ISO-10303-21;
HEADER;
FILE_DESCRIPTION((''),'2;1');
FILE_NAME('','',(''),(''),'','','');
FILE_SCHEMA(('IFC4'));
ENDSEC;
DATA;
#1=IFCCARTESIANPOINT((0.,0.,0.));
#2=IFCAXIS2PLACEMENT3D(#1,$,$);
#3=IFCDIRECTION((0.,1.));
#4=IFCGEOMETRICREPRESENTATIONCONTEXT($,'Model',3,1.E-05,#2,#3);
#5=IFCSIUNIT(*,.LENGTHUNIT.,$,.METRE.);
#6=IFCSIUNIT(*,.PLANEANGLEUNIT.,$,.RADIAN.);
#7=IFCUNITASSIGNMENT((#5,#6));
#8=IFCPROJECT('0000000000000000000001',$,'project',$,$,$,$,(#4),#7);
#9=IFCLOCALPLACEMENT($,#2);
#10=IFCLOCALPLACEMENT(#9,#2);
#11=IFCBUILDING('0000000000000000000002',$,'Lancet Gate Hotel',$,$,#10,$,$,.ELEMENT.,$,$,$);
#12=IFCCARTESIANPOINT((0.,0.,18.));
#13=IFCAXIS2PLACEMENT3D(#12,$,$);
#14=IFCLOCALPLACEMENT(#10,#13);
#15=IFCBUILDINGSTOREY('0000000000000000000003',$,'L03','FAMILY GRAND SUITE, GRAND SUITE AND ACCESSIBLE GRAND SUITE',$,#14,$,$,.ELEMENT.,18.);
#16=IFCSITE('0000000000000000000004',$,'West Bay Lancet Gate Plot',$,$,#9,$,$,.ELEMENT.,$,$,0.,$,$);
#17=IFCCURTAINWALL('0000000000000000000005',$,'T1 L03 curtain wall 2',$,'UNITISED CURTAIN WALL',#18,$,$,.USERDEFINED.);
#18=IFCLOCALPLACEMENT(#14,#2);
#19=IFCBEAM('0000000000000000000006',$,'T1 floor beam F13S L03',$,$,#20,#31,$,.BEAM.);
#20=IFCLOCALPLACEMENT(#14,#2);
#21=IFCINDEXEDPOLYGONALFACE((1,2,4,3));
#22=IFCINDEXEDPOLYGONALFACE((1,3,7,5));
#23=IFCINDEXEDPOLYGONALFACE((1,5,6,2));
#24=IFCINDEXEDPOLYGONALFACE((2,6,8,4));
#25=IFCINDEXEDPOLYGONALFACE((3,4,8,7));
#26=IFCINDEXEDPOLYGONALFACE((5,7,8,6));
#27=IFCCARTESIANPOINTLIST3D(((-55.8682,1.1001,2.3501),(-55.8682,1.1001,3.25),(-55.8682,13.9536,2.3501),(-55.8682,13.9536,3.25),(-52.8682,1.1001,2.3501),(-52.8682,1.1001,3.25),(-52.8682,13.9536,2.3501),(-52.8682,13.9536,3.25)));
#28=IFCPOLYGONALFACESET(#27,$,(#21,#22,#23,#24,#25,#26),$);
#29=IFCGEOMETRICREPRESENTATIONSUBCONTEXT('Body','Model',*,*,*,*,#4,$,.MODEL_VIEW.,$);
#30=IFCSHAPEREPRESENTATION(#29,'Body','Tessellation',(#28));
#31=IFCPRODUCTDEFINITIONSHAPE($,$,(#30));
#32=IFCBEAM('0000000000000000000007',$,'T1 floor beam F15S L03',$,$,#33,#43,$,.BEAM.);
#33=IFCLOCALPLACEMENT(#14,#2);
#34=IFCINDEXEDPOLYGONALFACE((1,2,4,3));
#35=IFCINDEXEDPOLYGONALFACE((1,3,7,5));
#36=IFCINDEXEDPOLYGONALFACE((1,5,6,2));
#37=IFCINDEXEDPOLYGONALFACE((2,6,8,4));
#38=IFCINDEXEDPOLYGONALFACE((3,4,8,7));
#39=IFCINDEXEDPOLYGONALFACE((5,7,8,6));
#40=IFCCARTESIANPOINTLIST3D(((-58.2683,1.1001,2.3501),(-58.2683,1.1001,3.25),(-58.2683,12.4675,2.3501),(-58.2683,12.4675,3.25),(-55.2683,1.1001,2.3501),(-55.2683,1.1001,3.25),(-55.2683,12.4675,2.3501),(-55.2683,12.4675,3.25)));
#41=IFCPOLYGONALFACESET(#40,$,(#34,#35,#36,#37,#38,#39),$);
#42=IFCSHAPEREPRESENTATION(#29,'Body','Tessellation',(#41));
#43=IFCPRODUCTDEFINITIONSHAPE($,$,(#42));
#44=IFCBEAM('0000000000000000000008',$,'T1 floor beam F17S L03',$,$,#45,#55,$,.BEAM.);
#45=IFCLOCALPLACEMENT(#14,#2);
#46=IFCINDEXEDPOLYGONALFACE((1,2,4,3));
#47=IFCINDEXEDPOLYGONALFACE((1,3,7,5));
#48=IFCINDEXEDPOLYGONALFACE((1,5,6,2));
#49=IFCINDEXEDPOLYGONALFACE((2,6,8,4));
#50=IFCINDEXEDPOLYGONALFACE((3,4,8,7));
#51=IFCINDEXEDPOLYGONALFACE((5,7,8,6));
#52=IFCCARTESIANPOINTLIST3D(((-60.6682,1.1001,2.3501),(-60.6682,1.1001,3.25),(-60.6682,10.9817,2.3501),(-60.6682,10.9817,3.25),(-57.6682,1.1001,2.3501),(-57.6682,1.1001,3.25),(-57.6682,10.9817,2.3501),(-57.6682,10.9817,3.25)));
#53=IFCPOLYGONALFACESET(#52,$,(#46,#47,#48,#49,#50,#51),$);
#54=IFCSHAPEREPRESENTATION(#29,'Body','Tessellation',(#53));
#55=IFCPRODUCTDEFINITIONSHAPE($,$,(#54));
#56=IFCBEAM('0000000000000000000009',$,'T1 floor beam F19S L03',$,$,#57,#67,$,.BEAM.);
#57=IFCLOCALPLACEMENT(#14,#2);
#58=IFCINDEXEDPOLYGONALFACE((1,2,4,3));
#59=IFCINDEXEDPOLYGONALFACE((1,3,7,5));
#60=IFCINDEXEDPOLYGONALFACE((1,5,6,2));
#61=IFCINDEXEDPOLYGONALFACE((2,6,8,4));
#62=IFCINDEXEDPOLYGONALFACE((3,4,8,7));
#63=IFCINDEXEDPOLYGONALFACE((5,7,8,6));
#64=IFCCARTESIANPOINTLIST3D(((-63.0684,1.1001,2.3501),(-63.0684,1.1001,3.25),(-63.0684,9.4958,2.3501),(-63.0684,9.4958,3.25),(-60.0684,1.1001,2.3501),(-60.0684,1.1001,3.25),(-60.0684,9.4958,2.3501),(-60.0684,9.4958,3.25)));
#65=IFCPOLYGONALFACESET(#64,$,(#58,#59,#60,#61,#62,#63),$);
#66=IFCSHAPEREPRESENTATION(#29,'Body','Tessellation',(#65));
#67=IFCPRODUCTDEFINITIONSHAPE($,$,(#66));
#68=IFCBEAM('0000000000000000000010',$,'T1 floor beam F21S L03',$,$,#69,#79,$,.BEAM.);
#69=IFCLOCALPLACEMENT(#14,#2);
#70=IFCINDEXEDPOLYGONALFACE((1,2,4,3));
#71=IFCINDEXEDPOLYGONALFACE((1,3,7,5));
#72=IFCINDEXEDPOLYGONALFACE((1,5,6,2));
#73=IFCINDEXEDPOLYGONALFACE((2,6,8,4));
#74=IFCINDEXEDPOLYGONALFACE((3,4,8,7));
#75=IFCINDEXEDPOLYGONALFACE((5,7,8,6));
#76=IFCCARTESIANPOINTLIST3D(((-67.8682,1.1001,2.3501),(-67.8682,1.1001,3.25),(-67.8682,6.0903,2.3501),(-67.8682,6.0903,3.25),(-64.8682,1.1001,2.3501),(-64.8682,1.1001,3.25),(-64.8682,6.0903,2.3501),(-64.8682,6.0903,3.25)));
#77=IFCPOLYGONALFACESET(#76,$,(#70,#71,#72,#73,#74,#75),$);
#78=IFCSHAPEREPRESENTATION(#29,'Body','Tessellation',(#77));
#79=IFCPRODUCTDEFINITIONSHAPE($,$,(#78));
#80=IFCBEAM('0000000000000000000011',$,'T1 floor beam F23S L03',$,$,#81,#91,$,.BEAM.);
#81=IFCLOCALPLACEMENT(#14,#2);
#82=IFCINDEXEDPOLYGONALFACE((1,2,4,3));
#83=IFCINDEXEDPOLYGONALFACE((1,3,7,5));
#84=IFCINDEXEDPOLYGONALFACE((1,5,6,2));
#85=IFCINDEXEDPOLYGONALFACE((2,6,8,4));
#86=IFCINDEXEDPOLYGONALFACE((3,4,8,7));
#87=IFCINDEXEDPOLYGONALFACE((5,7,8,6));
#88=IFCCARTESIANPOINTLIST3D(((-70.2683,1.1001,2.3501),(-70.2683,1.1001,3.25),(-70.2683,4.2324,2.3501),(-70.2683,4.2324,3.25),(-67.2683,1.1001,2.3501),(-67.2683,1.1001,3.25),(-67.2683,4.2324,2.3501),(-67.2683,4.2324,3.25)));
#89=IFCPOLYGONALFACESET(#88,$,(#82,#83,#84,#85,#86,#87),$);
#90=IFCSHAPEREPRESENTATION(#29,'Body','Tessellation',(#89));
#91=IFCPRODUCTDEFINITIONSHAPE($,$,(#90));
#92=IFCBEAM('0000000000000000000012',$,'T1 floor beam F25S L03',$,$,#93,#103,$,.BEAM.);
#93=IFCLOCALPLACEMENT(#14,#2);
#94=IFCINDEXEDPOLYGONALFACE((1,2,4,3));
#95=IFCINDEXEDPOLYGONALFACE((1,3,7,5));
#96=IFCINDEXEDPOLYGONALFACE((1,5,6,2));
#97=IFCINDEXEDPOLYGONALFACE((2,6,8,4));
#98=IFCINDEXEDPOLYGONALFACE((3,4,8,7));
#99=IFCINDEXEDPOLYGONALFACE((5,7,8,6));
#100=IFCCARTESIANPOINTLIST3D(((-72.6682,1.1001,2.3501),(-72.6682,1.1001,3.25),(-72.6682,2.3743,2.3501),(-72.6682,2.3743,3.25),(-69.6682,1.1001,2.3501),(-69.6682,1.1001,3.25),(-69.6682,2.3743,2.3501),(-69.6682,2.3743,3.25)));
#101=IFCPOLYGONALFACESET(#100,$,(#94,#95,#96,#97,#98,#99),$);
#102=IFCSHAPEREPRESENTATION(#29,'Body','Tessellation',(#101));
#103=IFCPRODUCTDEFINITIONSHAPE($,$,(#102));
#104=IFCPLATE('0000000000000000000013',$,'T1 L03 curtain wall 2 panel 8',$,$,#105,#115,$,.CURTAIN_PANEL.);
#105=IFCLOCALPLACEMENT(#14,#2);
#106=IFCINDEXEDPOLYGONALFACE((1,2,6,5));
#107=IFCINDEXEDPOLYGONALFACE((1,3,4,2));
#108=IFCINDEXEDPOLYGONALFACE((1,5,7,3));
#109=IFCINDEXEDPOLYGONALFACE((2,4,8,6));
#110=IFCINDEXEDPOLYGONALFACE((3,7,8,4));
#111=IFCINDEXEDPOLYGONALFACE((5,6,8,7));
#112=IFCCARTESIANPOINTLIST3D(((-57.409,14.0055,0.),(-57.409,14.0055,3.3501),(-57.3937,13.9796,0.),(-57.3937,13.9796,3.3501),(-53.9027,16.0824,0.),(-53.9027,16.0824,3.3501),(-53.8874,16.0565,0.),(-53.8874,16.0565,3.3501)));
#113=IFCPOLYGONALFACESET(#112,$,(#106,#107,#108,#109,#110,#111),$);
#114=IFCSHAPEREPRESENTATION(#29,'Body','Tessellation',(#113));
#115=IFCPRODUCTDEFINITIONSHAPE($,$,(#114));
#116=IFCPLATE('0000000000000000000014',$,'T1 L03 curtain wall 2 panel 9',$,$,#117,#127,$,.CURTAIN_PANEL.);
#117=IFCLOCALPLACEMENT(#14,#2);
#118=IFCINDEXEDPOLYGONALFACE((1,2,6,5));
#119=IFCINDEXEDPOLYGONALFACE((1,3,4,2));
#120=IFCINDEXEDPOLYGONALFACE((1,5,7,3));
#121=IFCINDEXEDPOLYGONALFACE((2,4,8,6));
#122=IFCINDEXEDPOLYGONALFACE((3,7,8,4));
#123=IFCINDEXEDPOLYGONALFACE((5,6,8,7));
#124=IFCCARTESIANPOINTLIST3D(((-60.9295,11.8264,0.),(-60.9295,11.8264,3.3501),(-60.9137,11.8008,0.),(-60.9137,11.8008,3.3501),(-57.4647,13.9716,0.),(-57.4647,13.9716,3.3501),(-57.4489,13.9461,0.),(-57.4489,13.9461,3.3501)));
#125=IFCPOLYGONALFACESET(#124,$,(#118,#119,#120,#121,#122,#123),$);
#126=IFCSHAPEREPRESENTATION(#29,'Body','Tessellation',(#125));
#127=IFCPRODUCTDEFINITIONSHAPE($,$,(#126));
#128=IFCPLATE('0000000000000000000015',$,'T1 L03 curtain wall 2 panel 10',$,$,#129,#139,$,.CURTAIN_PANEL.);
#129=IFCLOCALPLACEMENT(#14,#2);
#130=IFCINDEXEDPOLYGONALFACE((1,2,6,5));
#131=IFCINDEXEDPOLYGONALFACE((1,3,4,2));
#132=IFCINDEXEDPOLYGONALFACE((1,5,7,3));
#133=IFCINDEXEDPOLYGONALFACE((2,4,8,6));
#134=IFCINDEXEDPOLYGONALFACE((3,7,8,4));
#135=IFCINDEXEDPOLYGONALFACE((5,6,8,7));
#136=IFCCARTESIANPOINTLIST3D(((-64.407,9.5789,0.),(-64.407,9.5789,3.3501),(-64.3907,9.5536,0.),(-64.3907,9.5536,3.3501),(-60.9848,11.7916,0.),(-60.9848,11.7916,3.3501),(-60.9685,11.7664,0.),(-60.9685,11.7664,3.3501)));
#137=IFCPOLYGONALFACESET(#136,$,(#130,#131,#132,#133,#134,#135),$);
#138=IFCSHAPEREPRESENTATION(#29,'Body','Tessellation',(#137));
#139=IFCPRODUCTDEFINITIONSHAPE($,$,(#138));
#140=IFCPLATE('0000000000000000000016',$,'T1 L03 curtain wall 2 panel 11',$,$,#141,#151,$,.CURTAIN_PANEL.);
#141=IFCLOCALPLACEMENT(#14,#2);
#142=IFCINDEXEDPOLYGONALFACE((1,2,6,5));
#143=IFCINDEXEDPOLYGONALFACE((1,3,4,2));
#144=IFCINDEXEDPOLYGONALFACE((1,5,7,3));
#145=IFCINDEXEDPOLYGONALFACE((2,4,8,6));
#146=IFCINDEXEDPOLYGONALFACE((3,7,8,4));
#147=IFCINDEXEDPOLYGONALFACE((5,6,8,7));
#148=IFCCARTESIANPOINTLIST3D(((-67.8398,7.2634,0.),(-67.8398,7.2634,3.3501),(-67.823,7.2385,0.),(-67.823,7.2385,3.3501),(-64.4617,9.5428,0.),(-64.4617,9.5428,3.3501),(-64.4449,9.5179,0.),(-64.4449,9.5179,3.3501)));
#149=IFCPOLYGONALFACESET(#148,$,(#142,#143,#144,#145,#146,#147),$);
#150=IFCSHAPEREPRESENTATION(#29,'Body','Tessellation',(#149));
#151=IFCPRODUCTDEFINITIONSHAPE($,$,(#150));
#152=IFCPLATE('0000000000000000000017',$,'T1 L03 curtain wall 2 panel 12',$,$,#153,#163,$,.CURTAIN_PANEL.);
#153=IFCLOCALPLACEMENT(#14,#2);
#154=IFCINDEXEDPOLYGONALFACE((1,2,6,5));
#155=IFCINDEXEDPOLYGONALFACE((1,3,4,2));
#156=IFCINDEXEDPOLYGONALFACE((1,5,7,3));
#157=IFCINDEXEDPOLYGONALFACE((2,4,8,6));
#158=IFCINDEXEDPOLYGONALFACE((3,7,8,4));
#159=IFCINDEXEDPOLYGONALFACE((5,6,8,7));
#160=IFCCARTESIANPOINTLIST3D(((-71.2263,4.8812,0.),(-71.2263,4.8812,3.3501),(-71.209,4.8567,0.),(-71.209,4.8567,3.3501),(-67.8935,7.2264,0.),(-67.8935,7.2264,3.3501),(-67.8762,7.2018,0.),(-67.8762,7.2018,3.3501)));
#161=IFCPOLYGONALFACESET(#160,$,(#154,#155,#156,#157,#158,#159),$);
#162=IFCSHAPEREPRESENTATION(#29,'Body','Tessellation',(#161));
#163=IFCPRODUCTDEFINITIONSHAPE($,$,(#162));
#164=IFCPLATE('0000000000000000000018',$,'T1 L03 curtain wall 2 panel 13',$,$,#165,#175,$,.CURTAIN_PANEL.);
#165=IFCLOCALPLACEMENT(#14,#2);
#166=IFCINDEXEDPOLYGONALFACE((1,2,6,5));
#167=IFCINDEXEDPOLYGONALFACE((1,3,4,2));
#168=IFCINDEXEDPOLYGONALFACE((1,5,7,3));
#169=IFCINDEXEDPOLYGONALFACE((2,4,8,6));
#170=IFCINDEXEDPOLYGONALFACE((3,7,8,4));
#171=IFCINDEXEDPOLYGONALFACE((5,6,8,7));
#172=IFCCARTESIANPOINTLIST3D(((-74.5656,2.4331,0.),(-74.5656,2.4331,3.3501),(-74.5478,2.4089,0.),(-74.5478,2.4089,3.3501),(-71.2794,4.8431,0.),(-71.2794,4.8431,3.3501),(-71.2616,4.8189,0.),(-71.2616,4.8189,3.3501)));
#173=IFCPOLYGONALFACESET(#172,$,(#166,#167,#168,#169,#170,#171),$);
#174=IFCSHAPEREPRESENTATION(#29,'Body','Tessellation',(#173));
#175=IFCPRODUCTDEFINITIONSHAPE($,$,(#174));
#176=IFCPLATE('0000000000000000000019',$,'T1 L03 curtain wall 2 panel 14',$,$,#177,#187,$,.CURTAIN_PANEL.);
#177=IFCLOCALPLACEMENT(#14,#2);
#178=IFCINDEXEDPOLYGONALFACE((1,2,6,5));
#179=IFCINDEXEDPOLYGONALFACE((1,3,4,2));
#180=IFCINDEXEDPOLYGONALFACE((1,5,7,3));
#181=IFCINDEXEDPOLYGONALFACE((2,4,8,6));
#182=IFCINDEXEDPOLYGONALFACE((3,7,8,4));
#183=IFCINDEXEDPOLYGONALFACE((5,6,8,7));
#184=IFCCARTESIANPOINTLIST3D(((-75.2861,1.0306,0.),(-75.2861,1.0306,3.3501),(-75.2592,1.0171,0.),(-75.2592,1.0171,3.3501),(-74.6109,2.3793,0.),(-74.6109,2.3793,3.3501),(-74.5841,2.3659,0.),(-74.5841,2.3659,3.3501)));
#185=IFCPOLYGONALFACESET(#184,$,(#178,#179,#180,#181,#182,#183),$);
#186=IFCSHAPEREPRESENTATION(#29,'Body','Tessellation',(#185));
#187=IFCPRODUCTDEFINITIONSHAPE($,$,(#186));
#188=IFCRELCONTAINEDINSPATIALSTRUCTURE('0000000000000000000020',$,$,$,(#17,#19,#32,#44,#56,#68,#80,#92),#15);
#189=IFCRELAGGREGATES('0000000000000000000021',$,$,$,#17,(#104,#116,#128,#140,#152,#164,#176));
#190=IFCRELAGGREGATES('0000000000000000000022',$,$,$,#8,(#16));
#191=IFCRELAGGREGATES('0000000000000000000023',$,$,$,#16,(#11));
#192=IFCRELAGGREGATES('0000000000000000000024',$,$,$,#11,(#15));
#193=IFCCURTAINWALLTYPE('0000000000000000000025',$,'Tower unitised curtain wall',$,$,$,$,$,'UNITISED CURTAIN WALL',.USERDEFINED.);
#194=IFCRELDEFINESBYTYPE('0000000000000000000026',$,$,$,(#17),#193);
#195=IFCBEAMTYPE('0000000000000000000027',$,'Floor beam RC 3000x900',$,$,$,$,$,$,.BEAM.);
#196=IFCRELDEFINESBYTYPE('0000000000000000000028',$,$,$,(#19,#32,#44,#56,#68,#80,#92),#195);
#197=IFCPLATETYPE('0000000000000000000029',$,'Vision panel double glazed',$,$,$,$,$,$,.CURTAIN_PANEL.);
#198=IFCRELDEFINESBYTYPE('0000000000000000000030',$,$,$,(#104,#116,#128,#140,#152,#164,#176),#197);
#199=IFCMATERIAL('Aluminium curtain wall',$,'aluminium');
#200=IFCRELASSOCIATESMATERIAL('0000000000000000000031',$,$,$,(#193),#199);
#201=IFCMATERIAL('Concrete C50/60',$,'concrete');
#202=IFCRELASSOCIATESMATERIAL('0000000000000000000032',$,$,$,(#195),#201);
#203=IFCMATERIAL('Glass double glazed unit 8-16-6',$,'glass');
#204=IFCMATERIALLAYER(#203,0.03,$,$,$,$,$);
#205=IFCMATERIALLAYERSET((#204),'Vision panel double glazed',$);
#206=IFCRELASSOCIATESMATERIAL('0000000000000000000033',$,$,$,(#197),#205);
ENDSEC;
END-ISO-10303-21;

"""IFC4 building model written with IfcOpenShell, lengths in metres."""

from ifc_helpers import new_model, si_unit, direction, frame, origin, origin_2d, place, context, subcontext, project, spatial, rectangle, extrude, material, layer, layer_set, material_profile, profile_set, type_object, element, aggregate, save


model = new_model("IFC4")

# Units and contexts
model_context = context("Model", 3, precision=1e-05, world=origin(), true_north=direction((0.0, 1.0)))
body_context = subcontext(model_context, "Body", "Model", "MODEL_VIEW")
ifc_project = project(units=[si_unit("LENGTHUNIT", "METRE"), si_unit("PLANEANGLEUNIT", "RADIAN")], contexts=[model_context])

# Site, building, storey
site_placement = place(None, origin())
site = spatial("IfcSite", under=ifc_project, at=site_placement, Name="West Bay Lancet Gate Plot", CompositionType="ELEMENT", RefElevation=0.0)
building_placement = place(site_placement, origin())
building = spatial("IfcBuilding", under=site, at=building_placement, Name="Lancet Gate Hotel", CompositionType="ELEMENT")
storey_placement = place(building_placement, frame((0.0, 0.0, 18.0)))
storey = spatial("IfcBuildingStorey", under=building, at=storey_placement, Name="L03", Description="FAMILY GRAND SUITE, GRAND SUITE AND ACCESSIBLE GRAND SUITE", CompositionType="ELEMENT", Elevation=18.0)

# Curtain wall
ifc_material_1 = material(Name="Aluminium curtain wall", Category="aluminium")
curtain_wall_type = type_object("IfcCurtainWallType", Name="Tower unitised curtain wall", ElementType="UNITISED CURTAIN WALL", PredefinedType="USERDEFINED", material=ifc_material_1)
curtain_wall_placement = place(storey_placement, origin())
curtain_wall = element("IfcCurtainWall", 1, at=curtain_wall_placement, inside=storey, type_object=curtain_wall_type, Name="T1 L03 curtain wall 2", ObjectType="UNITISED CURTAIN WALL", PredefinedType="USERDEFINED")

# Beams
ifc_material_2 = material(Name="Concrete C50/60", Category="concrete")
ifc_material_profile_1 = material_profile(ifc_material_2, rectangle(XDim=3.0, YDim=0.8999, at=origin_2d()), Name="RC 3000x900")
ifc_profile_set_1 = profile_set([ifc_material_profile_1], Name="Concrete C50/60")
beam_type_1 = type_object("IfcBeamType", Name="Floor beam RC 3000x900", PredefinedType="BEAM", material=ifc_profile_set_1)
beam_1_placement = place(storey_placement, frame((-54.3682, 13.9536, 2.8), z_axis=(0.0, -1.0, 0.0), x_axis=(1.0, 0.0, 0.0)))
element("IfcBeam", 2, at=beam_1_placement, inside=storey, type_object=beam_type_1, Name="T1 floor beam F13S L03", PredefinedType="BEAM", context=body_context, shape_type="SweptSolid", body=[
    extrude(rectangle(XDim=3.0, YDim=0.8999, at=origin_2d()), origin(), (0.0, 0.0, 1.0), 12.8535),
])
beam_2_placement = place(storey_placement, frame((-56.7683, 12.4675, 2.8), z_axis=(0.0, -1.0, 0.0), x_axis=(1.0, 0.0, 0.0)))
element("IfcBeam", 3, at=beam_2_placement, inside=storey, type_object=beam_type_1, Name="T1 floor beam F15S L03", PredefinedType="BEAM", context=body_context, shape_type="SweptSolid", body=[
    extrude(rectangle(XDim=3.0, YDim=0.8999, at=origin_2d()), origin(), (0.0, 0.0, 1.0), 11.3674),
])
beam_3_placement = place(storey_placement, frame((-59.1682, 10.9817, 2.8), z_axis=(0.0, -1.0, 0.0), x_axis=(1.0, 0.0, 0.0)))
element("IfcBeam", 4, at=beam_3_placement, inside=storey, type_object=beam_type_1, Name="T1 floor beam F17S L03", PredefinedType="BEAM", context=body_context, shape_type="SweptSolid", body=[
    extrude(rectangle(XDim=3.0, YDim=0.8999, at=origin_2d()), origin(), (0.0, 0.0, 1.0), 9.8816),
])
beam_4_placement = place(storey_placement, frame((-61.5684, 9.4958, 2.8), z_axis=(0.0, -1.0, 0.0), x_axis=(1.0, 0.0, 0.0)))
element("IfcBeam", 5, at=beam_4_placement, inside=storey, type_object=beam_type_1, Name="T1 floor beam F19S L03", PredefinedType="BEAM", context=body_context, shape_type="SweptSolid", body=[
    extrude(rectangle(XDim=3.0, YDim=0.8999, at=origin_2d()), origin(), (0.0, 0.0, 1.0), 8.3958),
])
beam_5_placement = place(storey_placement, frame((-66.3682, 6.0903, 2.8), z_axis=(0.0, -1.0, 0.0), x_axis=(1.0, 0.0, 0.0)))
element("IfcBeam", 6, at=beam_5_placement, inside=storey, type_object=beam_type_1, Name="T1 floor beam F21S L03", PredefinedType="BEAM", context=body_context, shape_type="SweptSolid", body=[
    extrude(rectangle(XDim=3.0, YDim=0.8999, at=origin_2d()), origin(), (0.0, 0.0, 1.0), 4.9902),
])
beam_6_placement = place(storey_placement, frame((-68.7683, 4.2324, 2.8), z_axis=(0.0, -1.0, 0.0), x_axis=(1.0, 0.0, 0.0)))
element("IfcBeam", 7, at=beam_6_placement, inside=storey, type_object=beam_type_1, Name="T1 floor beam F23S L03", PredefinedType="BEAM", context=body_context, shape_type="SweptSolid", body=[
    extrude(rectangle(XDim=3.0, YDim=0.8999, at=origin_2d()), origin(), (0.0, 0.0, 1.0), 3.1323),
])
beam_7_placement = place(storey_placement, frame((-71.1682, 2.3743, 2.8), z_axis=(0.0, -1.0, 0.0), x_axis=(1.0, 0.0, 0.0)))
element("IfcBeam", 8, at=beam_7_placement, inside=storey, type_object=beam_type_1, Name="T1 floor beam F25S L03", PredefinedType="BEAM", context=body_context, shape_type="SweptSolid", body=[
    extrude(rectangle(XDim=3.0, YDim=0.8999, at=origin_2d()), origin(), (0.0, 0.0, 1.0), 1.2742),
])

# Plates
ifc_material_3 = material(Name="Glass double glazed unit 8-16-6", Category="glass")
ifc_layer = layer(ifc_material_3, 0.03)
ifc_layer_set = layer_set([ifc_layer], Name="Vision panel double glazed")
plate_type = type_object("IfcPlateType", Name="Vision panel double glazed", PredefinedType="CURTAIN_PANEL", material=ifc_layer_set)
plate_1_placement = place(storey_placement, frame((-55.6482, 15.031, 0.0), z_axis=(0.0, 0.0, 1.0), x_axis=(-0.860382, -0.50965, 0.0)))
plate_1 = element("IfcPlate", 9, at=plate_1_placement, type_object=plate_type, Name="T1 L03 curtain wall 2 panel 8", PredefinedType="CURTAIN_PANEL", context=body_context, shape_type="SweptSolid", body=[
    extrude(rectangle(XDim=4.0752, YDim=0.03, at=origin_2d()), origin(), (0.0, 0.0, 1.0), 3.3501),
])
plate_2_placement = place(storey_placement, frame((-59.1892, 12.8862, 0.0), z_axis=(0.0, 0.0, 1.0), x_axis=(-0.850229, -0.526414, 0.0)))
plate_2 = element("IfcPlate", 10, at=plate_2_placement, type_object=plate_type, Name="T1 L03 curtain wall 2 panel 9", PredefinedType="CURTAIN_PANEL", context=body_context, shape_type="SweptSolid", body=[
    extrude(rectangle(XDim=4.0752, YDim=0.03, at=origin_2d()), origin(), (0.0, 0.0, 1.0), 3.3501),
])
plate_3_placement = place(storey_placement, frame((-62.6877, 10.6726, 0.0), z_axis=(0.0, 0.0, 1.0), x_axis=(-0.839749, -0.542975, 0.0)))
plate_3 = element("IfcPlate", 11, at=plate_3_placement, type_object=plate_type, Name="T1 L03 curtain wall 2 panel 10", PredefinedType="CURTAIN_PANEL", context=body_context, shape_type="SweptSolid", body=[
    extrude(rectangle(XDim=4.0752, YDim=0.03, at=origin_2d()), origin(), (0.0, 0.0, 1.0), 3.3501),
])
plate_4_placement = place(storey_placement, frame((-66.1423, 8.3906, 0.0), z_axis=(0.0, 0.0, 1.0), x_axis=(-0.828946, -0.559329, 0.0)))
plate_4 = element("IfcPlate", 12, at=plate_4_placement, type_object=plate_type, Name="T1 L03 curtain wall 2 panel 11", PredefinedType="CURTAIN_PANEL", context=body_context, shape_type="SweptSolid", body=[
    extrude(rectangle(XDim=4.0752, YDim=0.03, at=origin_2d()), origin(), (0.0, 0.0, 1.0), 3.3501),
])
plate_5_placement = place(storey_placement, frame((-69.5513, 6.0415, 0.0), z_axis=(0.0, 0.0, 1.0), x_axis=(-0.817825, -0.575467, 0.0)))
plate_5 = element("IfcPlate", 13, at=plate_5_placement, type_object=plate_type, Name="T1 L03 curtain wall 2 panel 12", PredefinedType="CURTAIN_PANEL", context=body_context, shape_type="SweptSolid", body=[
    extrude(rectangle(XDim=4.0752, YDim=0.03, at=origin_2d()), origin(), (0.0, 0.0, 1.0), 3.3501),
])
plate_6_placement = place(storey_placement, frame((-72.9136, 3.626, 0.0), z_axis=(0.0, 0.0, 1.0), x_axis=(-0.80639, -0.591384, 0.0)))
plate_6 = element("IfcPlate", 14, at=plate_6_placement, type_object=plate_type, Name="T1 L03 curtain wall 2 panel 13", PredefinedType="CURTAIN_PANEL", context=body_context, shape_type="SweptSolid", body=[
    extrude(rectangle(XDim=4.0752, YDim=0.03, at=origin_2d()), origin(), (0.0, 0.0, 1.0), 3.3501),
])
plate_7_placement = place(storey_placement, frame((-74.9351, 1.6982, 0.0), z_axis=(0.0, 0.0, 1.0), x_axis=(-0.447628, -0.89422, 0.0)))
plate_7 = element("IfcPlate", 15, at=plate_7_placement, type_object=plate_type, Name="T1 L03 curtain wall 2 panel 14", PredefinedType="CURTAIN_PANEL", context=body_context, shape_type="SweptSolid", body=[
    extrude(rectangle(XDim=1.5083, YDim=0.03, at=origin_2d()), origin(), (0.0, 0.0, 1.0), 3.3501),
])
aggregate(curtain_wall, [plate_1, plate_2, plate_3, plate_4, plate_5, plate_6, plate_7])

save(model, "model.ifc")
